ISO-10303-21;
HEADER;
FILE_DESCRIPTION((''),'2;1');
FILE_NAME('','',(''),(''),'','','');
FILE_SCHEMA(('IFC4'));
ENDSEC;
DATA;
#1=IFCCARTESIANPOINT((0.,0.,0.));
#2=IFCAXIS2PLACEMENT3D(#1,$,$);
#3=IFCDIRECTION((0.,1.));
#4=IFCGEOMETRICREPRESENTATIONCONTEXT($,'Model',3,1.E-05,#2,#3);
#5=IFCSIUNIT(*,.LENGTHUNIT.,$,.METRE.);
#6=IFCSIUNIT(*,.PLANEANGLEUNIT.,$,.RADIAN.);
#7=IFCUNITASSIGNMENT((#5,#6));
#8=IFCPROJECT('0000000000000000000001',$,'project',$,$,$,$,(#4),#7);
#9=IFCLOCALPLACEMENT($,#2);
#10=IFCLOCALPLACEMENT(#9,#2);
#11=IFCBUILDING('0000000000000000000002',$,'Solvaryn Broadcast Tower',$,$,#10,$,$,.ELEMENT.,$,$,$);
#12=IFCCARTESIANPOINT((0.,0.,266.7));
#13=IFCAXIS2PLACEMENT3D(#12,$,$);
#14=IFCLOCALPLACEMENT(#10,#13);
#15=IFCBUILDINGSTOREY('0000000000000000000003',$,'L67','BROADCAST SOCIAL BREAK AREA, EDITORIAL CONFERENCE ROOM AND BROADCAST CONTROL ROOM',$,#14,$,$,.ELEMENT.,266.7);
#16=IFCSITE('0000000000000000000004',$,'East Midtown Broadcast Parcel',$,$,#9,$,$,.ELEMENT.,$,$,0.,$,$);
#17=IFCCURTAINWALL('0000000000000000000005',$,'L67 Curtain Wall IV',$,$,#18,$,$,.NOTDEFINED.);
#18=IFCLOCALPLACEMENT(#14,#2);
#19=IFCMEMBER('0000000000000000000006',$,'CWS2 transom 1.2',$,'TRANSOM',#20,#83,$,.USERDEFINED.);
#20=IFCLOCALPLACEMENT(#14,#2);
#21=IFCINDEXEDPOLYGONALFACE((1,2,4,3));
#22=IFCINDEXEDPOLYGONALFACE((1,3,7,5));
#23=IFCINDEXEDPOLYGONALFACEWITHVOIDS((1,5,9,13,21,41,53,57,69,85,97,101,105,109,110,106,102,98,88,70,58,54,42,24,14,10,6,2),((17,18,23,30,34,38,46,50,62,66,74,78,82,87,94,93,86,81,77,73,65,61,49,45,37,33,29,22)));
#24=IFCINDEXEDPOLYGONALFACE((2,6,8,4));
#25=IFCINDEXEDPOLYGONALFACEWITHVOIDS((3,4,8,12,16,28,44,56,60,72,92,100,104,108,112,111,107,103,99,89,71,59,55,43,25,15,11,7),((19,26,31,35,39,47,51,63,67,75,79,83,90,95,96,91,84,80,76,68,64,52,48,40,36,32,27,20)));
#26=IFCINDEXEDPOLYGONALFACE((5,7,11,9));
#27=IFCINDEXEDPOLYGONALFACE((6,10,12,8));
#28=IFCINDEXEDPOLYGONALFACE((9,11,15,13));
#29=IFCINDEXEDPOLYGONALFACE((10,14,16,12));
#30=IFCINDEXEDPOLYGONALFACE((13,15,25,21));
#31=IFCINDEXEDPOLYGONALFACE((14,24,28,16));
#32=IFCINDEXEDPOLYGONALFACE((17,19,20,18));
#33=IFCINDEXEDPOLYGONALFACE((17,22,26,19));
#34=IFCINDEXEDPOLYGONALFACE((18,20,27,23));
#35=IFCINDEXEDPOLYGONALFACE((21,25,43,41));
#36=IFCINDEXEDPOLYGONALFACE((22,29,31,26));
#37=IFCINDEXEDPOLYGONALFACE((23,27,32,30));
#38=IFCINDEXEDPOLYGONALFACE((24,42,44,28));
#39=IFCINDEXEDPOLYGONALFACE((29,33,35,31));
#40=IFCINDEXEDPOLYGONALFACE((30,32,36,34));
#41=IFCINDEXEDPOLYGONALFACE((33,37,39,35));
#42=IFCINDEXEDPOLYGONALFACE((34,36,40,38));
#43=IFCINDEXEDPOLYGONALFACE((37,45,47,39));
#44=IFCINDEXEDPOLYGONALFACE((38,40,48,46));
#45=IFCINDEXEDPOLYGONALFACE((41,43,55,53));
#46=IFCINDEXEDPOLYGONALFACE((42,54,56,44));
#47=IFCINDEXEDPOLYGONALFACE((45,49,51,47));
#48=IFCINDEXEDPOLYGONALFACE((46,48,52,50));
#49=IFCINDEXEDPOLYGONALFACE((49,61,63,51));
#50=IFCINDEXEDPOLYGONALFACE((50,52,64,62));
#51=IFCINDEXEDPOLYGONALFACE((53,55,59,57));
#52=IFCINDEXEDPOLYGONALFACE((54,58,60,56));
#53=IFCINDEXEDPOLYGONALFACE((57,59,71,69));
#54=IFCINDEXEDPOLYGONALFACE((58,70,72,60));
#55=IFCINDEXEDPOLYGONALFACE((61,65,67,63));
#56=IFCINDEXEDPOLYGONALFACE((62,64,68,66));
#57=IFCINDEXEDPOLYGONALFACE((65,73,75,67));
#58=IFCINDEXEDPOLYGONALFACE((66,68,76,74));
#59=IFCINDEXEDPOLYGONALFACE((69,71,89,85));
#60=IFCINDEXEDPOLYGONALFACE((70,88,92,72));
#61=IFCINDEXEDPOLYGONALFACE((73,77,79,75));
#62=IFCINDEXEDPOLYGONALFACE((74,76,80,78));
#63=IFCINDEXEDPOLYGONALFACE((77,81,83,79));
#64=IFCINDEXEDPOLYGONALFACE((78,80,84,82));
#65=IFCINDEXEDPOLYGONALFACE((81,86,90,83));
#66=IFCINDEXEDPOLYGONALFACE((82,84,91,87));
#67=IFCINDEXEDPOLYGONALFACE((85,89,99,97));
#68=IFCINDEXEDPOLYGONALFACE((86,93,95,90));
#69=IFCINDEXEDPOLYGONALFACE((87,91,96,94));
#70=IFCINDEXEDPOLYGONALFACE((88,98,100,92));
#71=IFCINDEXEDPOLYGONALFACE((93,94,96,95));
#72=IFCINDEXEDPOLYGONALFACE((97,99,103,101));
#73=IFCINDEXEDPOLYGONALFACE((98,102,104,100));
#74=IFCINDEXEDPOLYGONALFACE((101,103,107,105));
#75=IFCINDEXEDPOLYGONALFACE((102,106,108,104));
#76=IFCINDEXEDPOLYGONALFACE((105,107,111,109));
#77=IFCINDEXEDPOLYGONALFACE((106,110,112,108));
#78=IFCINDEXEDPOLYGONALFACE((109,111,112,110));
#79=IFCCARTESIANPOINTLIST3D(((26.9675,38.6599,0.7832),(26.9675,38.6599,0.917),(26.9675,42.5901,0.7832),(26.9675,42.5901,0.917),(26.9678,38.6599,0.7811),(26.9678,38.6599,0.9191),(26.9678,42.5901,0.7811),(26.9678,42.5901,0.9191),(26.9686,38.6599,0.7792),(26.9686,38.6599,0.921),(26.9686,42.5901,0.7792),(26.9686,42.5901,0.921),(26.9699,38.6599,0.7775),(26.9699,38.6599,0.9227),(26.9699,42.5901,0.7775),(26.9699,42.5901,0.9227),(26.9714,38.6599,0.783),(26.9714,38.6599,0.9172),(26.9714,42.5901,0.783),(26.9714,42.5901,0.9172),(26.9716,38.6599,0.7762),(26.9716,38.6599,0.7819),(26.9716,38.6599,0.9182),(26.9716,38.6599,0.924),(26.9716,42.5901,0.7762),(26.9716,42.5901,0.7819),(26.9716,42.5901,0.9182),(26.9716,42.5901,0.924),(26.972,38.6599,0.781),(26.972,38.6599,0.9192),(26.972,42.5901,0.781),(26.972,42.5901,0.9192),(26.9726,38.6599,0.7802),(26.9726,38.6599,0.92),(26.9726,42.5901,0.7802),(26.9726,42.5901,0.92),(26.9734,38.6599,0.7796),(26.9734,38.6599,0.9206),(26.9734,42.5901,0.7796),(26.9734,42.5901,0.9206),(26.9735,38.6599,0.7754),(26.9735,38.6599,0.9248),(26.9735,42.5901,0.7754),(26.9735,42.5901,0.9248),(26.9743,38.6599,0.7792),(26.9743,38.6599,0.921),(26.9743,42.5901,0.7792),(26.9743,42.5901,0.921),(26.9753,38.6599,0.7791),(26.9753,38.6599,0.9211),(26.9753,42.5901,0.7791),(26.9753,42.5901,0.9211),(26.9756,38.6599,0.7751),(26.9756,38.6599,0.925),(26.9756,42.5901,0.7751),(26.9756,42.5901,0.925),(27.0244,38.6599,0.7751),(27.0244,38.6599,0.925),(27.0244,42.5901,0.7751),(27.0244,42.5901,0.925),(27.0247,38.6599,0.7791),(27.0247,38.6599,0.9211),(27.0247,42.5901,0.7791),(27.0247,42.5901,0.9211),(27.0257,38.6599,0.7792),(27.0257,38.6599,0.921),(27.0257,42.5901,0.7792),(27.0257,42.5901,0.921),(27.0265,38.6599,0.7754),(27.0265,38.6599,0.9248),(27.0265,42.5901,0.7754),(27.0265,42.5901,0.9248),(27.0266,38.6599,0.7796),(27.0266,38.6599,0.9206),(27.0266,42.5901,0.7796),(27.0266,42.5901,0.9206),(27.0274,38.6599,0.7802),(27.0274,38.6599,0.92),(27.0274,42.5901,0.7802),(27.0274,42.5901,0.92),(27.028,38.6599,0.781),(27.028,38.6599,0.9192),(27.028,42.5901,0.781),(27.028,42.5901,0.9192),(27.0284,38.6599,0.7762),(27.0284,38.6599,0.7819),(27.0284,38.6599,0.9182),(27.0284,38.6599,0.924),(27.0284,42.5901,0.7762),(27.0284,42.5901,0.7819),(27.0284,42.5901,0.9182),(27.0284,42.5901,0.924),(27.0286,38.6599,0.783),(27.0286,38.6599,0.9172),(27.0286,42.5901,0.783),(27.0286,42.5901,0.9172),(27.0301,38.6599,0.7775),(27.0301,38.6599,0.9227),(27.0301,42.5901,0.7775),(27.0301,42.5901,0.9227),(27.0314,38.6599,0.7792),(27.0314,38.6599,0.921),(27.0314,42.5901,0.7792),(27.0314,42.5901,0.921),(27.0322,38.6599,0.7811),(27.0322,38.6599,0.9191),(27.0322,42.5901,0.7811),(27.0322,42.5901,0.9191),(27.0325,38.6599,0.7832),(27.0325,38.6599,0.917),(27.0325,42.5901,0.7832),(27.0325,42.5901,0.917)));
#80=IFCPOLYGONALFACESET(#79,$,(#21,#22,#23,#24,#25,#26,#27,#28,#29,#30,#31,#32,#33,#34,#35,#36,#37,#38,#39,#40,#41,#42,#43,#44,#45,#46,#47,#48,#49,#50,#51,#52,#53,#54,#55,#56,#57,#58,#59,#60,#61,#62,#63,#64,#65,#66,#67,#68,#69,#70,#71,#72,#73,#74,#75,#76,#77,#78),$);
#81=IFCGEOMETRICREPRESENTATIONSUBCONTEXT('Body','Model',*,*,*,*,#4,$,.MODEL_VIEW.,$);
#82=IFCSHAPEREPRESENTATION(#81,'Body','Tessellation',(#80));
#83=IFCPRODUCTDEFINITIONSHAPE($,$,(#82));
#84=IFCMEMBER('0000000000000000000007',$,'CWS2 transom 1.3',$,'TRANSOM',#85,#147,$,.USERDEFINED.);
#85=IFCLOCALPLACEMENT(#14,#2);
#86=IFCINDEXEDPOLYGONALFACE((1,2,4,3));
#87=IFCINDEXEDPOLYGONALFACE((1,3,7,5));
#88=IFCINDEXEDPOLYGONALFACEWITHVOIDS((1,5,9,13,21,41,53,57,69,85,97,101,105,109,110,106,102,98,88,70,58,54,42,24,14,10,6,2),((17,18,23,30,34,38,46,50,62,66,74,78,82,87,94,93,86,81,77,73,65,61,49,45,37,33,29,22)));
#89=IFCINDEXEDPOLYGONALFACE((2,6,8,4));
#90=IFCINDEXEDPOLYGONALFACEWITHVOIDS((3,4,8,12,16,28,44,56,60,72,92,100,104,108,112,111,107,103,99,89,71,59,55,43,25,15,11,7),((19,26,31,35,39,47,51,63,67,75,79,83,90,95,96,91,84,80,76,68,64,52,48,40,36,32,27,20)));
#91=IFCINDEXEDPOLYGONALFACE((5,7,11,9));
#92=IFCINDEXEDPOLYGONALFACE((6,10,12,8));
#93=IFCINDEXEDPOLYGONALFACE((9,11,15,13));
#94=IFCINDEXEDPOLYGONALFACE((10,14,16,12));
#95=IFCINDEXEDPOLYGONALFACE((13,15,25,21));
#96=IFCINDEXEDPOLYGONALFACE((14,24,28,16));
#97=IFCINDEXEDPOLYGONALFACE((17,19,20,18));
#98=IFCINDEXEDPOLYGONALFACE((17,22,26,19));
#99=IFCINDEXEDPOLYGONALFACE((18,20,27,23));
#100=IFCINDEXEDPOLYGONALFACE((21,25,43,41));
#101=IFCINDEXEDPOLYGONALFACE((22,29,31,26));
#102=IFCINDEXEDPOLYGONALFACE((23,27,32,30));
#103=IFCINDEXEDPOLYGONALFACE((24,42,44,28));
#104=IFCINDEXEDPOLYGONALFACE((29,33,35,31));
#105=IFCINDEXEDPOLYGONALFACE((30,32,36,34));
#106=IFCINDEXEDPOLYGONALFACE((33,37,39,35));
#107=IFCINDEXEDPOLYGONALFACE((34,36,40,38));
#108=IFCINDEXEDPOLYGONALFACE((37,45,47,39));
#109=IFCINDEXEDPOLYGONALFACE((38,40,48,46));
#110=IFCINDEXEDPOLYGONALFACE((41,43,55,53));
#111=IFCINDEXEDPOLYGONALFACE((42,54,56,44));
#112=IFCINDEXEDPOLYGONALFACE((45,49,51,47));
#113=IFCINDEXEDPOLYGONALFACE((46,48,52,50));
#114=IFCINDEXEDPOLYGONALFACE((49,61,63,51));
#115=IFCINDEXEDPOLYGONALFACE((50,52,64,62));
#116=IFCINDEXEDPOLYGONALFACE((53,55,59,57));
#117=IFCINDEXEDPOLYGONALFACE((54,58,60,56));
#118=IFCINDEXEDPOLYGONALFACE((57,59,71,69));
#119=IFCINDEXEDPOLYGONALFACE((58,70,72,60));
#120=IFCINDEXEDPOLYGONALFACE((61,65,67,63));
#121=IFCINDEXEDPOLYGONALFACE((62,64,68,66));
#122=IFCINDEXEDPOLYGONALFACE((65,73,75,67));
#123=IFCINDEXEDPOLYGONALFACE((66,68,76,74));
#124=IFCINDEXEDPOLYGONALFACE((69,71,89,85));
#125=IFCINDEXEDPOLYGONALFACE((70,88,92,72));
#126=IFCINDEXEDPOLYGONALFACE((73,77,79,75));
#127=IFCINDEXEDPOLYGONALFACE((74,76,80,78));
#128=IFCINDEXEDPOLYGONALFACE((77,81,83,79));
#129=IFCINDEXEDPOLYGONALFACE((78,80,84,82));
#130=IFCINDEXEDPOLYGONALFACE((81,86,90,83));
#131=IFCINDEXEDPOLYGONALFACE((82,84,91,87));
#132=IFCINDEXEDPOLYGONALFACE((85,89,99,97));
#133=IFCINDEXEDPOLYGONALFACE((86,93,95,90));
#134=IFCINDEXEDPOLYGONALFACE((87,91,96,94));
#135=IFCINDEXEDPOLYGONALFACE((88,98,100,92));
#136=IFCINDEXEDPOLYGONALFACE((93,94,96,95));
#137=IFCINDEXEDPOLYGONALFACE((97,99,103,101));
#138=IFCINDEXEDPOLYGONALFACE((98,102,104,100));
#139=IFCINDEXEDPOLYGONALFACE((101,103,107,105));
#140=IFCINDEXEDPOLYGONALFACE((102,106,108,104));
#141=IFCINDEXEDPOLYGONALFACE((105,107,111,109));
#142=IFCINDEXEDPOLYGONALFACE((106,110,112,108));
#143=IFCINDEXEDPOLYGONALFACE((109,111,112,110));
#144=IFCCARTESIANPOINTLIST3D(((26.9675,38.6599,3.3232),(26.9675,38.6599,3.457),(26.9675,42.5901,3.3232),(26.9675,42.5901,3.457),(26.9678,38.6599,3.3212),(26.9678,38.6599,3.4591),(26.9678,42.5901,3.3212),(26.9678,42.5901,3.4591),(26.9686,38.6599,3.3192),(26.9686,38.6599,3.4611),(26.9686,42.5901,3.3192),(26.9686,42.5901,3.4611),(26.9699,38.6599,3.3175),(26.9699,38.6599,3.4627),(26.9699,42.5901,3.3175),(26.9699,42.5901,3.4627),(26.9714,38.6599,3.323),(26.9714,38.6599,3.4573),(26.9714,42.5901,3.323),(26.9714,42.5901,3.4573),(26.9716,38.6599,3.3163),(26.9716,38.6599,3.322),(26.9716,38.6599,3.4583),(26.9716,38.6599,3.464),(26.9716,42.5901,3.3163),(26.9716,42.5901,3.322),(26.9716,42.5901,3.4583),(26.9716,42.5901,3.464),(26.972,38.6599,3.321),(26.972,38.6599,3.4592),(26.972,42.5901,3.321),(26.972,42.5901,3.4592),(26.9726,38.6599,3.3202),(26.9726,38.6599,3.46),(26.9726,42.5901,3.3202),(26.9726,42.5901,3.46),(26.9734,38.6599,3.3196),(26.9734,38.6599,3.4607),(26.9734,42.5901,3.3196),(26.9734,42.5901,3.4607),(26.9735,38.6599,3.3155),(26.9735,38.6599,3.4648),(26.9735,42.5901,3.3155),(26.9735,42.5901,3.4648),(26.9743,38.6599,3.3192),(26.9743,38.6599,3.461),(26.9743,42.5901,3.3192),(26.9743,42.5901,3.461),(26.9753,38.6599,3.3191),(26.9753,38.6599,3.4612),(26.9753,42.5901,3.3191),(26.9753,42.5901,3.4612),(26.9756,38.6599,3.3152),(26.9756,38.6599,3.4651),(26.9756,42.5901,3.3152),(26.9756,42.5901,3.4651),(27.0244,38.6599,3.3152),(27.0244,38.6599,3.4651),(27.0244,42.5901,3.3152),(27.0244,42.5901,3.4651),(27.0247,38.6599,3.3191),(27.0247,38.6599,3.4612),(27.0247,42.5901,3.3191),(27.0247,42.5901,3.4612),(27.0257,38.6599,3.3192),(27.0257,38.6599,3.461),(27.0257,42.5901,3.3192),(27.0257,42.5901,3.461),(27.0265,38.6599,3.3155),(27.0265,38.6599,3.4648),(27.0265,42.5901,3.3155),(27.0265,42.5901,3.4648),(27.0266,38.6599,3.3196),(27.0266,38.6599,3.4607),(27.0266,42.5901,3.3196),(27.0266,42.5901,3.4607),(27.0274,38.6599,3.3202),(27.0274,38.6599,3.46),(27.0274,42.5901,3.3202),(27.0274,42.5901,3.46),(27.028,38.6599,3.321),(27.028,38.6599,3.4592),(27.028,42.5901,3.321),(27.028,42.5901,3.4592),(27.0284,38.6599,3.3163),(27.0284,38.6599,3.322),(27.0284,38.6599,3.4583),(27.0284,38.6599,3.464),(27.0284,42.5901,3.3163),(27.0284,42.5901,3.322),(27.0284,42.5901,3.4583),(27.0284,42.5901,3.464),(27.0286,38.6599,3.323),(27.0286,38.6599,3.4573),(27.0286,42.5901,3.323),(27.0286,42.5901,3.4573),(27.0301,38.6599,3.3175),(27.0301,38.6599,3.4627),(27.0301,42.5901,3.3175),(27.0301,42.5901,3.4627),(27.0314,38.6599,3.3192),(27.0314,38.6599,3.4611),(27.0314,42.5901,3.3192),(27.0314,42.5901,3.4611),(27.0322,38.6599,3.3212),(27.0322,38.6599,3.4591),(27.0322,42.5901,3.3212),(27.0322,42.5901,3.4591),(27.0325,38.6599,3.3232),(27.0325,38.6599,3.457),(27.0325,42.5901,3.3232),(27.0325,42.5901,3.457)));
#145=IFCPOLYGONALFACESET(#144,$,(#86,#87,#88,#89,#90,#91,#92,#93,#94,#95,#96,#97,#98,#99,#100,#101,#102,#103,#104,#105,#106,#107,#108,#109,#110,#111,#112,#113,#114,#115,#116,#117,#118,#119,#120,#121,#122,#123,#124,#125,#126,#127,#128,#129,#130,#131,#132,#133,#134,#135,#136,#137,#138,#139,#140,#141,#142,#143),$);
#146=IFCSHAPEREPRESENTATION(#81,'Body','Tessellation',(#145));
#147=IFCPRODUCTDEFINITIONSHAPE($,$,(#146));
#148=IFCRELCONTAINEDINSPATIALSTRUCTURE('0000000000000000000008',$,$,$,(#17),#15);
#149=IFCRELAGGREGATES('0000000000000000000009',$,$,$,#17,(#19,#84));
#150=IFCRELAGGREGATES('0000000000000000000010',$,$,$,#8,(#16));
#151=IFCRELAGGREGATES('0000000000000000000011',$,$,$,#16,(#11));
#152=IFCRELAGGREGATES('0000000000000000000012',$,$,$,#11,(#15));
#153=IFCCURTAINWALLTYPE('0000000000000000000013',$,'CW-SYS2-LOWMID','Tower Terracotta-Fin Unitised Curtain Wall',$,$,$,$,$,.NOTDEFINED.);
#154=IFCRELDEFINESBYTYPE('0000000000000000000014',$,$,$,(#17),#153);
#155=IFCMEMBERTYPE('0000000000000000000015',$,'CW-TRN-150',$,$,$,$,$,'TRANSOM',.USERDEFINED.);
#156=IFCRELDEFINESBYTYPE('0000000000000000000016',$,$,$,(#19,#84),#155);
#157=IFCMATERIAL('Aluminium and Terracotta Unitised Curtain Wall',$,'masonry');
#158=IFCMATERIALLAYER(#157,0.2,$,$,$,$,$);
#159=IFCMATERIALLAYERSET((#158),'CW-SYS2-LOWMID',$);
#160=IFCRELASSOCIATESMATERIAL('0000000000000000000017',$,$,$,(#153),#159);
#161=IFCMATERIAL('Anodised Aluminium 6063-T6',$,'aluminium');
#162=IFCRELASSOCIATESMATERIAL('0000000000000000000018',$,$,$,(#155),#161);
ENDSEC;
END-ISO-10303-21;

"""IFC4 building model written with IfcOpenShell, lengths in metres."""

from ifc_helpers import new_model, si_unit, direction, frame, origin, origin_2d, place, context, subcontext, project, spatial, hollow_rectangle, extrude, material, layer, layer_set, material_profile, profile_set, type_object, element, aggregate, save


model = new_model("IFC4")

# Units and contexts
model_context = context("Model", 3, precision=1e-05, world=origin(), true_north=direction((0.0, 1.0)))
body_context = subcontext(model_context, "Body", "Model", "MODEL_VIEW")
ifc_project = project(units=[si_unit("LENGTHUNIT", "METRE"), si_unit("PLANEANGLEUNIT", "RADIAN")], contexts=[model_context])

# Site, building, storey
site_placement = place(None, origin())
site = spatial("IfcSite", under=ifc_project, at=site_placement, Name="East Midtown Broadcast Parcel", CompositionType="ELEMENT", RefElevation=0.0)
building_placement = place(site_placement, origin())
building = spatial("IfcBuilding", under=site, at=building_placement, Name="Solvaryn Broadcast Tower", CompositionType="ELEMENT")
storey_placement = place(building_placement, frame((0.0, 0.0, 266.7)))
storey = spatial("IfcBuildingStorey", under=building, at=storey_placement, Name="L67", Description="BROADCAST SOCIAL BREAK AREA, EDITORIAL CONFERENCE ROOM AND BROADCAST CONTROL ROOM", CompositionType="ELEMENT", Elevation=266.7)

# Curtain wall
ifc_material_1 = material(Name="Aluminium and Terracotta Unitised Curtain Wall", Category="masonry")
ifc_layer_1 = layer(ifc_material_1, 0.2)
ifc_layer_set_1 = layer_set([ifc_layer_1], Name="CW-SYS2-LOWMID")
curtain_wall_type = type_object("IfcCurtainWallType", Name="CW-SYS2-LOWMID", Description="Tower Terracotta-Fin Unitised Curtain Wall", PredefinedType="NOTDEFINED", material=ifc_layer_set_1)
curtain_wall_1_placement = place(storey_placement, origin())
curtain_wall_1 = element("IfcCurtainWall", 1, at=curtain_wall_1_placement, inside=storey, type_object=curtain_wall_type, Name="L67 Curtain Wall IV", PredefinedType="NOTDEFINED")

# Members
ifc_material_2 = material(Name="Anodised Aluminium 6063-T6", Category="aluminium")
ifc_material_profile_1 = material_profile(ifc_material_2, hollow_rectangle(XDim=0.0649, YDim=0.1499, WallThickness=0.0039, InnerFilletRadius=0.0039, OuterFilletRadius=0.0081, at=origin_2d()))
ifc_profile_set_1 = profile_set([ifc_material_profile_1], Name="Anodised Aluminium 6063-T6")
member_type_1 = type_object("IfcMemberType", Name="CW-TRN-150", ElementType="TRANSOM", PredefinedType="USERDEFINED", material=ifc_profile_set_1)
member_1_placement = place(storey_placement, frame((27.0, 42.5901, 0.8501), z_axis=(0.0, -1.0, 0.0), x_axis=(1.0, 0.0, 0.0)))
member_1 = element("IfcMember", 2, at=member_1_placement, type_object=member_type_1, Name="CWS2 transom 1.2", ObjectType="TRANSOM", PredefinedType="USERDEFINED", context=body_context, shape_type="SweptSolid", body=[
    extrude(hollow_rectangle(XDim=0.0649, YDim=0.1499, WallThickness=0.0039, InnerFilletRadius=0.0039, OuterFilletRadius=0.0081, at=origin_2d()), origin(), (0.0, 0.0, 1.0), 3.9302),
])
member_2_placement = place(storey_placement, frame((27.0, 42.5901, 3.3901), z_axis=(0.0, -1.0, 0.0), x_axis=(1.0, 0.0, 0.0)))
member_2 = element("IfcMember", 3, at=member_2_placement, type_object=member_type_1, Name="CWS2 transom 1.3", ObjectType="TRANSOM", PredefinedType="USERDEFINED", context=body_context, shape_type="SweptSolid", body=[
    extrude(hollow_rectangle(XDim=0.0649, YDim=0.1499, WallThickness=0.0039, InnerFilletRadius=0.0039, OuterFilletRadius=0.0081, at=origin_2d()), origin(), (0.0, 0.0, 1.0), 3.9302),
])

aggregate(curtain_wall_1, [member_1, member_2])

save(model, "model.ifc")
